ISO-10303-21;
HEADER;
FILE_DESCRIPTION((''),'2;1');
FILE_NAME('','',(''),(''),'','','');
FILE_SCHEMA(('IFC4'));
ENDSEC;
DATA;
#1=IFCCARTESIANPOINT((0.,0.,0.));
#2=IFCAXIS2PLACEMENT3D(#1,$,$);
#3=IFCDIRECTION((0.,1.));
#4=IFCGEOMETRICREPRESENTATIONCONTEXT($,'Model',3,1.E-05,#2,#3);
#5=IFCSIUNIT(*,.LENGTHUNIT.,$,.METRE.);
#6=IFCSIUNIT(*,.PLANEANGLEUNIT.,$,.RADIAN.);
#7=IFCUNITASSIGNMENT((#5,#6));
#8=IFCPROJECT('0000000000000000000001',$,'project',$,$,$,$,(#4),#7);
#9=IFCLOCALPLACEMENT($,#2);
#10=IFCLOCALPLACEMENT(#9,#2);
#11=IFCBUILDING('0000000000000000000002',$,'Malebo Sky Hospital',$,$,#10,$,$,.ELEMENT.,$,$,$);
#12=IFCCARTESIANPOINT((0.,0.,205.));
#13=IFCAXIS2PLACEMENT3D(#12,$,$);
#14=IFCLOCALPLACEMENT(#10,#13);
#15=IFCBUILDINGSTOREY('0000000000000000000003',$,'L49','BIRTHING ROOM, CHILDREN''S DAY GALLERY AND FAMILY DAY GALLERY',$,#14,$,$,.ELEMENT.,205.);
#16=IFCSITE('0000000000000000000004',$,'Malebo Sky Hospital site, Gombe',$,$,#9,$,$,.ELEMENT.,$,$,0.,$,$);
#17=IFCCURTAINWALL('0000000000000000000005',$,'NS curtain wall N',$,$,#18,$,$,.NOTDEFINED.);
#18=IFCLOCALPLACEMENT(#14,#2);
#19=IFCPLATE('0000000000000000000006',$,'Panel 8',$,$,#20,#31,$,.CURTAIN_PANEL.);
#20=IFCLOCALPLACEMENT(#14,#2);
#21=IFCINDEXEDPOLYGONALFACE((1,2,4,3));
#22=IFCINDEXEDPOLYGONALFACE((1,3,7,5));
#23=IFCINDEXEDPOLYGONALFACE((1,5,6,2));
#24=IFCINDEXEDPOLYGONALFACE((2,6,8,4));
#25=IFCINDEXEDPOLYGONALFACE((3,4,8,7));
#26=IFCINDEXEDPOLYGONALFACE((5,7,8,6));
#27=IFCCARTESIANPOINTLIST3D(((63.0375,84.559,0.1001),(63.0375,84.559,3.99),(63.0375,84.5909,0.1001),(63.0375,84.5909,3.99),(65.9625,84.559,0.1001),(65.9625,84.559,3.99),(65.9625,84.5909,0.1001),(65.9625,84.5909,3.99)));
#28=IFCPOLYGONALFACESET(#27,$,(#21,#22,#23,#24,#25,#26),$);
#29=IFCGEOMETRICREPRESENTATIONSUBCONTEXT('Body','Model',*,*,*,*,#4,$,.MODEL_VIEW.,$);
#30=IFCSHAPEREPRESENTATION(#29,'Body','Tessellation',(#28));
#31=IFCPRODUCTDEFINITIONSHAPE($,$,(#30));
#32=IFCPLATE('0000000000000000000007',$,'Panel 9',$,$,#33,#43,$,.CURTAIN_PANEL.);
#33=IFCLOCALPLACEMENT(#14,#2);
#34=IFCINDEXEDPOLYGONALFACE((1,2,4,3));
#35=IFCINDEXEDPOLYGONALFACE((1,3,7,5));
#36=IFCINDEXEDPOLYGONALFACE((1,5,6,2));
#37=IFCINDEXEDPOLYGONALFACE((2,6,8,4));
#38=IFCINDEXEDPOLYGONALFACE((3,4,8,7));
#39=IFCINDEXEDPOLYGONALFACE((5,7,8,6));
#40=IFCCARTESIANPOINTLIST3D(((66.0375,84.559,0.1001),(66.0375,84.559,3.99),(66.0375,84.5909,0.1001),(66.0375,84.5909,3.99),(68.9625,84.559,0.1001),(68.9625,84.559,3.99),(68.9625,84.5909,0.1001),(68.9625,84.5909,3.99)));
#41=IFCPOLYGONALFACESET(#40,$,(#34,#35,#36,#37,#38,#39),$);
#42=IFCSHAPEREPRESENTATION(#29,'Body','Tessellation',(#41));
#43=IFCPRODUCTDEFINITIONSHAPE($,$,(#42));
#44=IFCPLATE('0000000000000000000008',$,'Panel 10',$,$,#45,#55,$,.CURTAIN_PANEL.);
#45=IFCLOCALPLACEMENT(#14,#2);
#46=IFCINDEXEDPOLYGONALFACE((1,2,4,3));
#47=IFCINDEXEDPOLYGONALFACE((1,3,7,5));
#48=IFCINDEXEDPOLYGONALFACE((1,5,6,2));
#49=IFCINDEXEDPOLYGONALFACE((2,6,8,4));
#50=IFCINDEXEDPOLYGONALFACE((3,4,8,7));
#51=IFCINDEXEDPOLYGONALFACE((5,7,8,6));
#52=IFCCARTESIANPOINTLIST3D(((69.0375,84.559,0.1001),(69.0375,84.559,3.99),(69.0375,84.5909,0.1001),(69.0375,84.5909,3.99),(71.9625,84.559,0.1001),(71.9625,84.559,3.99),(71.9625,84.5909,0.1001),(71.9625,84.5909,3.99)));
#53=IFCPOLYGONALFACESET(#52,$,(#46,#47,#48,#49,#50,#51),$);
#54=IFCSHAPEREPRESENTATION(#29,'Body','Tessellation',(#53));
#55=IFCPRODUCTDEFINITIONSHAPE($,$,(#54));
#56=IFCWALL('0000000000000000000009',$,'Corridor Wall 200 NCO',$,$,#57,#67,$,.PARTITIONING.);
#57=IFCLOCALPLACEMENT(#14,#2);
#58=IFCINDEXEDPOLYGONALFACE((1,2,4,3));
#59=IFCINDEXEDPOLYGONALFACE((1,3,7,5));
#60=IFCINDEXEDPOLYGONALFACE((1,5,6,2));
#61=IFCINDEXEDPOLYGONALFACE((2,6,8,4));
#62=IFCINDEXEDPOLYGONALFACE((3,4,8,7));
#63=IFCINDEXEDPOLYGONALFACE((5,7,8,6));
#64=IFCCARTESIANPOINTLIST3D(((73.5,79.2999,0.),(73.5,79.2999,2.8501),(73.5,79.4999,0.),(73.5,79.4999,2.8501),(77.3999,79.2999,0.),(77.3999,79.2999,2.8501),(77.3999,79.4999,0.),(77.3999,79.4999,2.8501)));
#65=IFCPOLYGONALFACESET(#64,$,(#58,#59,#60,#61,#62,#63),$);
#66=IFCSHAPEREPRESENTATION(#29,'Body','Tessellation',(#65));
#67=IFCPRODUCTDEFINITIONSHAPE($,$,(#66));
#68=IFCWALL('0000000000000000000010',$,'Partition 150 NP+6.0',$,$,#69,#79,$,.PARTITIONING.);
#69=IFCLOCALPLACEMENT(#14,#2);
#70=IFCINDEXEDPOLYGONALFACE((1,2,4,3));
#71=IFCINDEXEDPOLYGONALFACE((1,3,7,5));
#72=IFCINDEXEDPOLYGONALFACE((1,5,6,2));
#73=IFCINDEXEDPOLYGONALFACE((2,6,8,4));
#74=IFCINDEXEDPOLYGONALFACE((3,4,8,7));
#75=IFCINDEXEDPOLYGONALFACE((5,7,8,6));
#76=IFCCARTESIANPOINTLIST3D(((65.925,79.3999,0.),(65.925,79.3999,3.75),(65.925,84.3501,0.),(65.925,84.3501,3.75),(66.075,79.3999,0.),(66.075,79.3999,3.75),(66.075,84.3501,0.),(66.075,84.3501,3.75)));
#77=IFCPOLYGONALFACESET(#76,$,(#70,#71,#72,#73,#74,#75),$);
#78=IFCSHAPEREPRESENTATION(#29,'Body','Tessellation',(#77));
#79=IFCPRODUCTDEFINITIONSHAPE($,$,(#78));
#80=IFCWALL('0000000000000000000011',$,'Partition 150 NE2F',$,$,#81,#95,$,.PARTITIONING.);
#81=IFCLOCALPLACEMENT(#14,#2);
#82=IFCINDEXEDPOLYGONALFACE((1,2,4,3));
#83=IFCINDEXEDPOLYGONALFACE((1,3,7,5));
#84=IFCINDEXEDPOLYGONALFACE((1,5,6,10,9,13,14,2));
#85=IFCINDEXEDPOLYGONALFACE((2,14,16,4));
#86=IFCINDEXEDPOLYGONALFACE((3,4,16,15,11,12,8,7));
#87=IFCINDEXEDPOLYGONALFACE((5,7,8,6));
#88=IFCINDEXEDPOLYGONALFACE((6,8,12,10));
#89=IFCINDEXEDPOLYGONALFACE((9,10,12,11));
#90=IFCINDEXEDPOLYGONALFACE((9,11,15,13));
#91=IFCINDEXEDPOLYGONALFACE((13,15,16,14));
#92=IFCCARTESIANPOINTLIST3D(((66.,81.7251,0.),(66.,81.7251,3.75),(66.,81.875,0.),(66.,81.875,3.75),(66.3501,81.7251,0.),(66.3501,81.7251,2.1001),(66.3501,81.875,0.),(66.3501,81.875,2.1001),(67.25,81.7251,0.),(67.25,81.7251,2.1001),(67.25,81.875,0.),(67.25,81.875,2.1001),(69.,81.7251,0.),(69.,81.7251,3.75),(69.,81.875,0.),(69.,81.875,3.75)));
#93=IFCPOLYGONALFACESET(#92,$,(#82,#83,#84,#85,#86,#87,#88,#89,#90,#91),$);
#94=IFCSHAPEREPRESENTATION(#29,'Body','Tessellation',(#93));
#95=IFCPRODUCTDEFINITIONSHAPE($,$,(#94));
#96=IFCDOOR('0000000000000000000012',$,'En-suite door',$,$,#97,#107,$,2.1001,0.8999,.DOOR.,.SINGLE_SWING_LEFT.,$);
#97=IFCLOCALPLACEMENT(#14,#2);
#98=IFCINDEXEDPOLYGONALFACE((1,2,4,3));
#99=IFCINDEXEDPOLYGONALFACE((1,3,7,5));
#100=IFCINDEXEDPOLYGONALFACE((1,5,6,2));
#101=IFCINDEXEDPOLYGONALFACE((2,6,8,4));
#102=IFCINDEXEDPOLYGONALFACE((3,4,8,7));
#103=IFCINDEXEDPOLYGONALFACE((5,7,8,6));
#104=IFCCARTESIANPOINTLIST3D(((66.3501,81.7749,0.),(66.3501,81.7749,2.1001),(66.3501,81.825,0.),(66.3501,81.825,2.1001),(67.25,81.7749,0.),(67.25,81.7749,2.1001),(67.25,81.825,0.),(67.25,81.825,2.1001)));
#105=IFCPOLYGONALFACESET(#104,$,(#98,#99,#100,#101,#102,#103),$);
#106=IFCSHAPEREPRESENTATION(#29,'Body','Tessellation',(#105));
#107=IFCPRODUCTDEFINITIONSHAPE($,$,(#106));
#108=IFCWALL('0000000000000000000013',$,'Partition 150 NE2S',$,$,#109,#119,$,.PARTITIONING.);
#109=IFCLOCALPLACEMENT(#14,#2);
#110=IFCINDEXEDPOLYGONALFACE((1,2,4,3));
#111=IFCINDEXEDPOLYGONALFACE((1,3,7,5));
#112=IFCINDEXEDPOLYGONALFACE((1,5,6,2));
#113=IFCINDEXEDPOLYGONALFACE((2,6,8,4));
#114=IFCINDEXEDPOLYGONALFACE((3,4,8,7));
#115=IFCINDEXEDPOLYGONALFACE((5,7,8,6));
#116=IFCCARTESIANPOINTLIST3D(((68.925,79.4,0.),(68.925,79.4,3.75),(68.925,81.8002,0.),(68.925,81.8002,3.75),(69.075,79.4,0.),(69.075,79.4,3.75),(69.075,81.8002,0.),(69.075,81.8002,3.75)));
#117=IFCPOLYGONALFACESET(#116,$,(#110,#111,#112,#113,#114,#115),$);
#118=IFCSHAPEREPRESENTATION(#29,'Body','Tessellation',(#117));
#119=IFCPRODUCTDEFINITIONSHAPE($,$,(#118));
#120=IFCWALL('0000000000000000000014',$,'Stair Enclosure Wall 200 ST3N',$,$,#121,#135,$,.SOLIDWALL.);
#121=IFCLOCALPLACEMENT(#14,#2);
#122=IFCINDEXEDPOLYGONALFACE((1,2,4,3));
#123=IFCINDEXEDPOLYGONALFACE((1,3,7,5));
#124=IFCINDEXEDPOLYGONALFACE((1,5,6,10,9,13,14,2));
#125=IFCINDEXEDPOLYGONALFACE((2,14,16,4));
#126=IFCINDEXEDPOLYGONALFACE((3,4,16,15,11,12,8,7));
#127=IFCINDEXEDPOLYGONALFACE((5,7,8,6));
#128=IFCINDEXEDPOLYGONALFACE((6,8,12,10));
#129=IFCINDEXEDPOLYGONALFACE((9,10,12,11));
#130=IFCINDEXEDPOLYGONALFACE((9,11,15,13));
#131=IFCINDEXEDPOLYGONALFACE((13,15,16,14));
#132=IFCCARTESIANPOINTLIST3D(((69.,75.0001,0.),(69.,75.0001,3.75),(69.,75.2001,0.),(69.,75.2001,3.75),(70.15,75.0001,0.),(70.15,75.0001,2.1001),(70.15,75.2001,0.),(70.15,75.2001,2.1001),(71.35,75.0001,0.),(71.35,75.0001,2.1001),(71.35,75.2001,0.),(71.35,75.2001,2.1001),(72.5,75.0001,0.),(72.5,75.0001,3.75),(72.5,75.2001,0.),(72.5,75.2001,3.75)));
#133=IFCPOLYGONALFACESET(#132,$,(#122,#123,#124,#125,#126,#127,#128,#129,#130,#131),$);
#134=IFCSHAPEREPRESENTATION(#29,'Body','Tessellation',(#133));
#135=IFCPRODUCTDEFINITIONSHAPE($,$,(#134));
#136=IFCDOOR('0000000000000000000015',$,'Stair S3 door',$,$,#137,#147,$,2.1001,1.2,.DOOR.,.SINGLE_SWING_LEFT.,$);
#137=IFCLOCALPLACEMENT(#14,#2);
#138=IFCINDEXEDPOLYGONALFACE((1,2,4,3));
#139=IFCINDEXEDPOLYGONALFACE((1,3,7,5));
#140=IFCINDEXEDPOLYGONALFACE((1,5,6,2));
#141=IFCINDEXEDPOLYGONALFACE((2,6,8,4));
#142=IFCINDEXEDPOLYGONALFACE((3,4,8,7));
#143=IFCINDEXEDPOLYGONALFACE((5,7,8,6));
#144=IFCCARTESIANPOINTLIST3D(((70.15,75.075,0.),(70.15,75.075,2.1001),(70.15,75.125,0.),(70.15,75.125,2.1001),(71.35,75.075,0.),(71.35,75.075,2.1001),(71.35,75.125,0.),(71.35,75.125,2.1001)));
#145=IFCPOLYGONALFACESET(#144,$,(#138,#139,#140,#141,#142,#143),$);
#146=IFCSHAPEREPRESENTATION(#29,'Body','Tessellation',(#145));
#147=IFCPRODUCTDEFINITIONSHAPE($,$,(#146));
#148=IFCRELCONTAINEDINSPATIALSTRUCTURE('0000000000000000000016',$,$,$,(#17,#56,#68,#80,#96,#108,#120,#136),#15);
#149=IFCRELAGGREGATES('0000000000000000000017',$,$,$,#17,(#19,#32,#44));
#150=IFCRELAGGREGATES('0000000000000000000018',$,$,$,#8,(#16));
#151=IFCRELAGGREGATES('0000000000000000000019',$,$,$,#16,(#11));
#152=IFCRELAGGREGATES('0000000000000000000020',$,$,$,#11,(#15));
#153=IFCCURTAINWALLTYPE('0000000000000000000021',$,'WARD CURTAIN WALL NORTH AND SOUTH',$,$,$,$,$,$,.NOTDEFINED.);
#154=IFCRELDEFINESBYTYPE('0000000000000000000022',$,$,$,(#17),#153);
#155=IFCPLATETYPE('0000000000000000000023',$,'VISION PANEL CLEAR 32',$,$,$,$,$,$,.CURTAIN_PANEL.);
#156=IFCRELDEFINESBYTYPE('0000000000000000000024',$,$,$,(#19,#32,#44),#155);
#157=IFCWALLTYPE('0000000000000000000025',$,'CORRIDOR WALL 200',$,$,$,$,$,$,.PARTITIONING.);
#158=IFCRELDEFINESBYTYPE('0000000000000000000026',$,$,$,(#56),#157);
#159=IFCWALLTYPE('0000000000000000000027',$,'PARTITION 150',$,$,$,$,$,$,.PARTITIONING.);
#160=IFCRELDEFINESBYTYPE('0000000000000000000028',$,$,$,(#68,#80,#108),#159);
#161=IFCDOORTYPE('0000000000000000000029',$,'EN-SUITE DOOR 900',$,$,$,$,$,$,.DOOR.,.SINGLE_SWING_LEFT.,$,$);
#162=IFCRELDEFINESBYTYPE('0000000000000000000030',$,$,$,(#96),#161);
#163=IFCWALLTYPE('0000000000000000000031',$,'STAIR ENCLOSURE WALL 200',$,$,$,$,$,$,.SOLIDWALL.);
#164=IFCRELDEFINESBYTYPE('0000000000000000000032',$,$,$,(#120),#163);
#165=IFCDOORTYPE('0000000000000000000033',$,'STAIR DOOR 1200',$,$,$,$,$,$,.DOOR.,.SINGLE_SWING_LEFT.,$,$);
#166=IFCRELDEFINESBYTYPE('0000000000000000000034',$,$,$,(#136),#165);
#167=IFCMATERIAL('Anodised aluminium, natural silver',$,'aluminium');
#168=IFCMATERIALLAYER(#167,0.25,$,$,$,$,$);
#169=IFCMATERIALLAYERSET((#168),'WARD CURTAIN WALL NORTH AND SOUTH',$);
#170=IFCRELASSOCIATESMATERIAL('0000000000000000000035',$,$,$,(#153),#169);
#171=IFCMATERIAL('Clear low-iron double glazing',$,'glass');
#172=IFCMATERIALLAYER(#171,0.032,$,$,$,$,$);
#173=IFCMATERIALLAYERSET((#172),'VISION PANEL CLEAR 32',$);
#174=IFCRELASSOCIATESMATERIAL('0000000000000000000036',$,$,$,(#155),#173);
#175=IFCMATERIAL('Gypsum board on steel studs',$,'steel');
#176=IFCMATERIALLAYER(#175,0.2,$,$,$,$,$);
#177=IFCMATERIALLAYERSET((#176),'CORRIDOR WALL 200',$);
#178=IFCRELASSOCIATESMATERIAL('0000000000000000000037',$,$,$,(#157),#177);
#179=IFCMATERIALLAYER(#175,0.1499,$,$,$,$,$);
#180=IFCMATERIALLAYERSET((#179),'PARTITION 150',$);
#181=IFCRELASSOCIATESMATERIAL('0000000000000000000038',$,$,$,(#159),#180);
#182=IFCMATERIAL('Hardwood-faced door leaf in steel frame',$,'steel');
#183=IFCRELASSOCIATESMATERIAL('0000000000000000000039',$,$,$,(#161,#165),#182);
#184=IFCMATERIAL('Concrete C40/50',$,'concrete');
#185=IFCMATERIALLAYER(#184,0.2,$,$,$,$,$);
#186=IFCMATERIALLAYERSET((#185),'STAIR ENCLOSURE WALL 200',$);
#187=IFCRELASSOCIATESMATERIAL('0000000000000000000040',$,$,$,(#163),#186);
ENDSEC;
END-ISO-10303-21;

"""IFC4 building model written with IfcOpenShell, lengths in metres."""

from ifc_helpers import new_model, si_unit, direction, frame, frame_2d, origin, origin_2d, place, context, subcontext, project, spatial, rectangle, extrude, material, layer, layer_set, type_object, element, fill, aggregate, save


model = new_model("IFC4")

# Units and contexts
model_context = context("Model", 3, precision=1e-05, world=origin(), true_north=direction((0.0, 1.0)))
body_context = subcontext(model_context, "Body", "Model", "MODEL_VIEW")
ifc_project = project(units=[si_unit("LENGTHUNIT", "METRE"), si_unit("PLANEANGLEUNIT", "RADIAN")], contexts=[model_context])

# Site, building, storey
site_placement = place(None, origin())
site = spatial("IfcSite", under=ifc_project, at=site_placement, Name="Malebo Sky Hospital site, Gombe", CompositionType="ELEMENT", RefElevation=0.0)
building_placement = place(site_placement, origin())
building = spatial("IfcBuilding", under=site, at=building_placement, Name="Malebo Sky Hospital", CompositionType="ELEMENT")
storey_placement = place(building_placement, frame((0.0, 0.0, 205.0)))
storey = spatial("IfcBuildingStorey", under=building, at=storey_placement, Name="L49", Description="BIRTHING ROOM, CHILDREN'S DAY GALLERY AND FAMILY DAY GALLERY", CompositionType="ELEMENT", Elevation=205.0)

# Curtain wall
ifc_material_1 = material(Name="Anodised aluminium, natural silver", Category="aluminium")
ifc_layer_1 = layer(ifc_material_1, 0.25)
ifc_layer_set_1 = layer_set([ifc_layer_1], Name="WARD CURTAIN WALL NORTH AND SOUTH")
curtain_wall_type = type_object("IfcCurtainWallType", Name="WARD CURTAIN WALL NORTH AND SOUTH", PredefinedType="NOTDEFINED", material=ifc_layer_set_1)
curtain_wall_placement = place(storey_placement, origin())
curtain_wall = element("IfcCurtainWall", 1, at=curtain_wall_placement, inside=storey, type_object=curtain_wall_type, Name="NS curtain wall N", PredefinedType="NOTDEFINED")

# Plates
ifc_material_2 = material(Name="Clear low-iron double glazing", Category="glass")
ifc_layer_2 = layer(ifc_material_2, 0.032)
ifc_layer_set_2 = layer_set([ifc_layer_2], Name="VISION PANEL CLEAR 32")
plate_type = type_object("IfcPlateType", Name="VISION PANEL CLEAR 32", PredefinedType="CURTAIN_PANEL", material=ifc_layer_set_2)
plate_1_placement = place(storey_placement, frame((64.5, 84.575, 0.1001), z_axis=(0.0, 0.0, 1.0), x_axis=(1.0, 0.0, 0.0)))
plate_1 = element("IfcPlate", 2, at=plate_1_placement, type_object=plate_type, Name="Panel 8", PredefinedType="CURTAIN_PANEL", context=body_context, shape_type="SweptSolid", body=[
    extrude(rectangle(XDim=2.925, YDim=0.032, at=origin_2d()), origin(), (0.0, 0.0, 1.0), 3.8899),
])
plate_2_placement = place(storey_placement, frame((67.5, 84.575, 0.1001), z_axis=(0.0, 0.0, 1.0), x_axis=(1.0, 0.0, 0.0)))
plate_2 = element("IfcPlate", 3, at=plate_2_placement, type_object=plate_type, Name="Panel 9", PredefinedType="CURTAIN_PANEL", context=body_context, shape_type="SweptSolid", body=[
    extrude(rectangle(XDim=2.925, YDim=0.032, at=origin_2d()), origin(), (0.0, 0.0, 1.0), 3.8899),
])
plate_3_placement = place(storey_placement, frame((70.5, 84.575, 0.1001), z_axis=(0.0, 0.0, 1.0), x_axis=(1.0, 0.0, 0.0)))
plate_3 = element("IfcPlate", 4, at=plate_3_placement, type_object=plate_type, Name="Panel 10", PredefinedType="CURTAIN_PANEL", context=body_context, shape_type="SweptSolid", body=[
    extrude(rectangle(XDim=2.925, YDim=0.032, at=origin_2d()), origin(), (0.0, 0.0, 1.0), 3.8899),
])
aggregate(curtain_wall, [plate_1, plate_2, plate_3])

# Walls
ifc_material_3 = material(Name="Gypsum board on steel studs", Category="steel")
ifc_layer_3 = layer(ifc_material_3, 0.2)
ifc_layer_set_3 = layer_set([ifc_layer_3], Name="CORRIDOR WALL 200")
wall_type_1 = type_object("IfcWallType", Name="CORRIDOR WALL 200", PredefinedType="PARTITIONING", material=ifc_layer_set_3)
wall_1_placement = place(storey_placement, frame((73.5, 79.3999, 0.0), z_axis=(0.0, 0.0, 1.0), x_axis=(1.0, 0.0, 0.0)))
element("IfcWall", 5, at=wall_1_placement, inside=storey, type_object=wall_type_1, Name="Corridor Wall 200 NCO", PredefinedType="PARTITIONING", context=body_context, shape_type="SweptSolid", body=[
    extrude(rectangle(XDim=3.8999, YDim=0.2, at=frame_2d((1.95, 0.0))), origin(), (0.0, 0.0, 1.0), 2.8501),
])
ifc_layer_4 = layer(ifc_material_3, 0.1499)
ifc_layer_set_4 = layer_set([ifc_layer_4], Name="PARTITION 150")
wall_type_2 = type_object("IfcWallType", Name="PARTITION 150", PredefinedType="PARTITIONING", material=ifc_layer_set_4)
wall_2_placement = place(storey_placement, frame((66.0, 79.3999, 0.0), z_axis=(0.0, 0.0, 1.0), x_axis=(0.0, 1.0, 0.0)))
element("IfcWall", 6, at=wall_2_placement, inside=storey, type_object=wall_type_2, Name="Partition 150 NP+6.0", PredefinedType="PARTITIONING", context=body_context, shape_type="SweptSolid", body=[
    extrude(rectangle(XDim=4.9502, YDim=0.1499, at=frame_2d((2.4751, 0.0))), origin(), (0.0, 0.0, 1.0), 3.75),
])

# Wall, opening, door
wall_3_placement = place(storey_placement, frame((66.0, 81.8, 0.0), z_axis=(0.0, 0.0, 1.0), x_axis=(1.0, 0.0, 0.0)))
wall_3 = element("IfcWall", 7, at=wall_3_placement, inside=storey, type_object=wall_type_2, Name="Partition 150 NE2F", PredefinedType="PARTITIONING", context=body_context, shape_type="SweptSolid", body=[
    extrude(rectangle(XDim=3.0, YDim=0.1499, at=frame_2d((1.5, 0.0))), origin(), (0.0, 0.0, 1.0), 3.75),
])
opening_1_placement = place(wall_3_placement, frame((0.3501, 0.0, 0.0)))
opening_1 = element("IfcOpeningElement", 8, at=opening_1_placement, cuts=wall_3, PredefinedType="OPENING", context=body_context, shape_type="SweptSolid", body=[
    extrude(rectangle(XDim=0.8999, YDim=2.1001, at=frame_2d((0.45, 1.05))), frame((0.0, 0.085, 0.0), z_axis=(0.0, -1.0, 0.0), x_axis=(1.0, 0.0, 0.0)), (0.0, 0.0, 1.0), 0.1699),
])
ifc_material_4 = material(Name="Hardwood-faced door leaf in steel frame", Category="steel")
door_type_1 = type_object("IfcDoorType", Name="EN-SUITE DOOR 900", OperationType="SINGLE_SWING_LEFT", PredefinedType="DOOR", material=ifc_material_4)
door_1_placement = place(opening_1_placement, origin())
door_1 = element("IfcDoor", 9, at=door_1_placement, inside=storey, type_object=door_type_1, Name="En-suite door", OperationType="SINGLE_SWING_LEFT", OverallHeight=2.1001, OverallWidth=0.8999, PredefinedType="DOOR", context=body_context, shape_type="SweptSolid", body=[
    extrude(rectangle(XDim=0.8999, YDim=2.1001, at=frame_2d((0.45, 1.05))), frame((0.0, 0.0249, 0.0), z_axis=(0.0, -1.0, 0.0), x_axis=(1.0, 0.0, 0.0)), (0.0, 0.0, 1.0), 0.05),
])
fill(opening_1, door_1)

# Wall
wall_4_placement = place(storey_placement, frame((69.0, 79.3999, 0.0), z_axis=(0.0, 0.0, 1.0), x_axis=(0.0, 1.0, 0.0)))
element("IfcWall", 10, at=wall_4_placement, inside=storey, type_object=wall_type_2, Name="Partition 150 NE2S", PredefinedType="PARTITIONING", context=body_context, shape_type="SweptSolid", body=[
    extrude(rectangle(XDim=2.4001, YDim=0.1499, at=frame_2d((1.2002, 0.0))), origin(), (0.0, 0.0, 1.0), 3.75),
])

# Wall, opening, door
ifc_material_5 = material(Name="Concrete C40/50", Category="concrete")
ifc_layer_5 = layer(ifc_material_5, 0.2)
ifc_layer_set_5 = layer_set([ifc_layer_5], Name="STAIR ENCLOSURE WALL 200")
wall_type_3 = type_object("IfcWallType", Name="STAIR ENCLOSURE WALL 200", PredefinedType="SOLIDWALL", material=ifc_layer_set_5)
wall_5_placement = place(storey_placement, frame((69.0, 75.1001, 0.0), z_axis=(0.0, 0.0, 1.0), x_axis=(1.0, 0.0, 0.0)))
wall_5 = element("IfcWall", 11, at=wall_5_placement, inside=storey, type_object=wall_type_3, Name="Stair Enclosure Wall 200 ST3N", PredefinedType="SOLIDWALL", context=body_context, shape_type="SweptSolid", body=[
    extrude(rectangle(XDim=3.5, YDim=0.2, at=frame_2d((1.75, 0.0))), origin(), (0.0, 0.0, 1.0), 3.75),
])
opening_2_placement = place(wall_5_placement, frame((1.1499, 0.0, 0.0)))
opening_2 = element("IfcOpeningElement", 12, at=opening_2_placement, cuts=wall_5, PredefinedType="OPENING", context=body_context, shape_type="SweptSolid", body=[
    extrude(rectangle(XDim=1.2, YDim=2.1001, at=frame_2d((0.6001, 1.05))), frame((0.0, 0.1099, 0.0), z_axis=(0.0, -1.0, 0.0), x_axis=(1.0, 0.0, 0.0)), (0.0, 0.0, 1.0), 0.22),
])
door_type_2 = type_object("IfcDoorType", Name="STAIR DOOR 1200", OperationType="SINGLE_SWING_LEFT", PredefinedType="DOOR", material=ifc_material_4)
door_2_placement = place(opening_2_placement, origin())
door_2 = element("IfcDoor", 13, at=door_2_placement, inside=storey, type_object=door_type_2, Name="Stair S3 door", OperationType="SINGLE_SWING_LEFT", OverallHeight=2.1001, OverallWidth=1.2, PredefinedType="DOOR", context=body_context, shape_type="SweptSolid", body=[
    extrude(rectangle(XDim=1.2, YDim=2.1001, at=frame_2d((0.6001, 1.05))), frame((0.0, 0.0249, 0.0), z_axis=(0.0, -1.0, 0.0), x_axis=(1.0, 0.0, 0.0)), (0.0, 0.0, 1.0), 0.05),
])
fill(opening_2, door_2)

save(model, "model.ifc")
